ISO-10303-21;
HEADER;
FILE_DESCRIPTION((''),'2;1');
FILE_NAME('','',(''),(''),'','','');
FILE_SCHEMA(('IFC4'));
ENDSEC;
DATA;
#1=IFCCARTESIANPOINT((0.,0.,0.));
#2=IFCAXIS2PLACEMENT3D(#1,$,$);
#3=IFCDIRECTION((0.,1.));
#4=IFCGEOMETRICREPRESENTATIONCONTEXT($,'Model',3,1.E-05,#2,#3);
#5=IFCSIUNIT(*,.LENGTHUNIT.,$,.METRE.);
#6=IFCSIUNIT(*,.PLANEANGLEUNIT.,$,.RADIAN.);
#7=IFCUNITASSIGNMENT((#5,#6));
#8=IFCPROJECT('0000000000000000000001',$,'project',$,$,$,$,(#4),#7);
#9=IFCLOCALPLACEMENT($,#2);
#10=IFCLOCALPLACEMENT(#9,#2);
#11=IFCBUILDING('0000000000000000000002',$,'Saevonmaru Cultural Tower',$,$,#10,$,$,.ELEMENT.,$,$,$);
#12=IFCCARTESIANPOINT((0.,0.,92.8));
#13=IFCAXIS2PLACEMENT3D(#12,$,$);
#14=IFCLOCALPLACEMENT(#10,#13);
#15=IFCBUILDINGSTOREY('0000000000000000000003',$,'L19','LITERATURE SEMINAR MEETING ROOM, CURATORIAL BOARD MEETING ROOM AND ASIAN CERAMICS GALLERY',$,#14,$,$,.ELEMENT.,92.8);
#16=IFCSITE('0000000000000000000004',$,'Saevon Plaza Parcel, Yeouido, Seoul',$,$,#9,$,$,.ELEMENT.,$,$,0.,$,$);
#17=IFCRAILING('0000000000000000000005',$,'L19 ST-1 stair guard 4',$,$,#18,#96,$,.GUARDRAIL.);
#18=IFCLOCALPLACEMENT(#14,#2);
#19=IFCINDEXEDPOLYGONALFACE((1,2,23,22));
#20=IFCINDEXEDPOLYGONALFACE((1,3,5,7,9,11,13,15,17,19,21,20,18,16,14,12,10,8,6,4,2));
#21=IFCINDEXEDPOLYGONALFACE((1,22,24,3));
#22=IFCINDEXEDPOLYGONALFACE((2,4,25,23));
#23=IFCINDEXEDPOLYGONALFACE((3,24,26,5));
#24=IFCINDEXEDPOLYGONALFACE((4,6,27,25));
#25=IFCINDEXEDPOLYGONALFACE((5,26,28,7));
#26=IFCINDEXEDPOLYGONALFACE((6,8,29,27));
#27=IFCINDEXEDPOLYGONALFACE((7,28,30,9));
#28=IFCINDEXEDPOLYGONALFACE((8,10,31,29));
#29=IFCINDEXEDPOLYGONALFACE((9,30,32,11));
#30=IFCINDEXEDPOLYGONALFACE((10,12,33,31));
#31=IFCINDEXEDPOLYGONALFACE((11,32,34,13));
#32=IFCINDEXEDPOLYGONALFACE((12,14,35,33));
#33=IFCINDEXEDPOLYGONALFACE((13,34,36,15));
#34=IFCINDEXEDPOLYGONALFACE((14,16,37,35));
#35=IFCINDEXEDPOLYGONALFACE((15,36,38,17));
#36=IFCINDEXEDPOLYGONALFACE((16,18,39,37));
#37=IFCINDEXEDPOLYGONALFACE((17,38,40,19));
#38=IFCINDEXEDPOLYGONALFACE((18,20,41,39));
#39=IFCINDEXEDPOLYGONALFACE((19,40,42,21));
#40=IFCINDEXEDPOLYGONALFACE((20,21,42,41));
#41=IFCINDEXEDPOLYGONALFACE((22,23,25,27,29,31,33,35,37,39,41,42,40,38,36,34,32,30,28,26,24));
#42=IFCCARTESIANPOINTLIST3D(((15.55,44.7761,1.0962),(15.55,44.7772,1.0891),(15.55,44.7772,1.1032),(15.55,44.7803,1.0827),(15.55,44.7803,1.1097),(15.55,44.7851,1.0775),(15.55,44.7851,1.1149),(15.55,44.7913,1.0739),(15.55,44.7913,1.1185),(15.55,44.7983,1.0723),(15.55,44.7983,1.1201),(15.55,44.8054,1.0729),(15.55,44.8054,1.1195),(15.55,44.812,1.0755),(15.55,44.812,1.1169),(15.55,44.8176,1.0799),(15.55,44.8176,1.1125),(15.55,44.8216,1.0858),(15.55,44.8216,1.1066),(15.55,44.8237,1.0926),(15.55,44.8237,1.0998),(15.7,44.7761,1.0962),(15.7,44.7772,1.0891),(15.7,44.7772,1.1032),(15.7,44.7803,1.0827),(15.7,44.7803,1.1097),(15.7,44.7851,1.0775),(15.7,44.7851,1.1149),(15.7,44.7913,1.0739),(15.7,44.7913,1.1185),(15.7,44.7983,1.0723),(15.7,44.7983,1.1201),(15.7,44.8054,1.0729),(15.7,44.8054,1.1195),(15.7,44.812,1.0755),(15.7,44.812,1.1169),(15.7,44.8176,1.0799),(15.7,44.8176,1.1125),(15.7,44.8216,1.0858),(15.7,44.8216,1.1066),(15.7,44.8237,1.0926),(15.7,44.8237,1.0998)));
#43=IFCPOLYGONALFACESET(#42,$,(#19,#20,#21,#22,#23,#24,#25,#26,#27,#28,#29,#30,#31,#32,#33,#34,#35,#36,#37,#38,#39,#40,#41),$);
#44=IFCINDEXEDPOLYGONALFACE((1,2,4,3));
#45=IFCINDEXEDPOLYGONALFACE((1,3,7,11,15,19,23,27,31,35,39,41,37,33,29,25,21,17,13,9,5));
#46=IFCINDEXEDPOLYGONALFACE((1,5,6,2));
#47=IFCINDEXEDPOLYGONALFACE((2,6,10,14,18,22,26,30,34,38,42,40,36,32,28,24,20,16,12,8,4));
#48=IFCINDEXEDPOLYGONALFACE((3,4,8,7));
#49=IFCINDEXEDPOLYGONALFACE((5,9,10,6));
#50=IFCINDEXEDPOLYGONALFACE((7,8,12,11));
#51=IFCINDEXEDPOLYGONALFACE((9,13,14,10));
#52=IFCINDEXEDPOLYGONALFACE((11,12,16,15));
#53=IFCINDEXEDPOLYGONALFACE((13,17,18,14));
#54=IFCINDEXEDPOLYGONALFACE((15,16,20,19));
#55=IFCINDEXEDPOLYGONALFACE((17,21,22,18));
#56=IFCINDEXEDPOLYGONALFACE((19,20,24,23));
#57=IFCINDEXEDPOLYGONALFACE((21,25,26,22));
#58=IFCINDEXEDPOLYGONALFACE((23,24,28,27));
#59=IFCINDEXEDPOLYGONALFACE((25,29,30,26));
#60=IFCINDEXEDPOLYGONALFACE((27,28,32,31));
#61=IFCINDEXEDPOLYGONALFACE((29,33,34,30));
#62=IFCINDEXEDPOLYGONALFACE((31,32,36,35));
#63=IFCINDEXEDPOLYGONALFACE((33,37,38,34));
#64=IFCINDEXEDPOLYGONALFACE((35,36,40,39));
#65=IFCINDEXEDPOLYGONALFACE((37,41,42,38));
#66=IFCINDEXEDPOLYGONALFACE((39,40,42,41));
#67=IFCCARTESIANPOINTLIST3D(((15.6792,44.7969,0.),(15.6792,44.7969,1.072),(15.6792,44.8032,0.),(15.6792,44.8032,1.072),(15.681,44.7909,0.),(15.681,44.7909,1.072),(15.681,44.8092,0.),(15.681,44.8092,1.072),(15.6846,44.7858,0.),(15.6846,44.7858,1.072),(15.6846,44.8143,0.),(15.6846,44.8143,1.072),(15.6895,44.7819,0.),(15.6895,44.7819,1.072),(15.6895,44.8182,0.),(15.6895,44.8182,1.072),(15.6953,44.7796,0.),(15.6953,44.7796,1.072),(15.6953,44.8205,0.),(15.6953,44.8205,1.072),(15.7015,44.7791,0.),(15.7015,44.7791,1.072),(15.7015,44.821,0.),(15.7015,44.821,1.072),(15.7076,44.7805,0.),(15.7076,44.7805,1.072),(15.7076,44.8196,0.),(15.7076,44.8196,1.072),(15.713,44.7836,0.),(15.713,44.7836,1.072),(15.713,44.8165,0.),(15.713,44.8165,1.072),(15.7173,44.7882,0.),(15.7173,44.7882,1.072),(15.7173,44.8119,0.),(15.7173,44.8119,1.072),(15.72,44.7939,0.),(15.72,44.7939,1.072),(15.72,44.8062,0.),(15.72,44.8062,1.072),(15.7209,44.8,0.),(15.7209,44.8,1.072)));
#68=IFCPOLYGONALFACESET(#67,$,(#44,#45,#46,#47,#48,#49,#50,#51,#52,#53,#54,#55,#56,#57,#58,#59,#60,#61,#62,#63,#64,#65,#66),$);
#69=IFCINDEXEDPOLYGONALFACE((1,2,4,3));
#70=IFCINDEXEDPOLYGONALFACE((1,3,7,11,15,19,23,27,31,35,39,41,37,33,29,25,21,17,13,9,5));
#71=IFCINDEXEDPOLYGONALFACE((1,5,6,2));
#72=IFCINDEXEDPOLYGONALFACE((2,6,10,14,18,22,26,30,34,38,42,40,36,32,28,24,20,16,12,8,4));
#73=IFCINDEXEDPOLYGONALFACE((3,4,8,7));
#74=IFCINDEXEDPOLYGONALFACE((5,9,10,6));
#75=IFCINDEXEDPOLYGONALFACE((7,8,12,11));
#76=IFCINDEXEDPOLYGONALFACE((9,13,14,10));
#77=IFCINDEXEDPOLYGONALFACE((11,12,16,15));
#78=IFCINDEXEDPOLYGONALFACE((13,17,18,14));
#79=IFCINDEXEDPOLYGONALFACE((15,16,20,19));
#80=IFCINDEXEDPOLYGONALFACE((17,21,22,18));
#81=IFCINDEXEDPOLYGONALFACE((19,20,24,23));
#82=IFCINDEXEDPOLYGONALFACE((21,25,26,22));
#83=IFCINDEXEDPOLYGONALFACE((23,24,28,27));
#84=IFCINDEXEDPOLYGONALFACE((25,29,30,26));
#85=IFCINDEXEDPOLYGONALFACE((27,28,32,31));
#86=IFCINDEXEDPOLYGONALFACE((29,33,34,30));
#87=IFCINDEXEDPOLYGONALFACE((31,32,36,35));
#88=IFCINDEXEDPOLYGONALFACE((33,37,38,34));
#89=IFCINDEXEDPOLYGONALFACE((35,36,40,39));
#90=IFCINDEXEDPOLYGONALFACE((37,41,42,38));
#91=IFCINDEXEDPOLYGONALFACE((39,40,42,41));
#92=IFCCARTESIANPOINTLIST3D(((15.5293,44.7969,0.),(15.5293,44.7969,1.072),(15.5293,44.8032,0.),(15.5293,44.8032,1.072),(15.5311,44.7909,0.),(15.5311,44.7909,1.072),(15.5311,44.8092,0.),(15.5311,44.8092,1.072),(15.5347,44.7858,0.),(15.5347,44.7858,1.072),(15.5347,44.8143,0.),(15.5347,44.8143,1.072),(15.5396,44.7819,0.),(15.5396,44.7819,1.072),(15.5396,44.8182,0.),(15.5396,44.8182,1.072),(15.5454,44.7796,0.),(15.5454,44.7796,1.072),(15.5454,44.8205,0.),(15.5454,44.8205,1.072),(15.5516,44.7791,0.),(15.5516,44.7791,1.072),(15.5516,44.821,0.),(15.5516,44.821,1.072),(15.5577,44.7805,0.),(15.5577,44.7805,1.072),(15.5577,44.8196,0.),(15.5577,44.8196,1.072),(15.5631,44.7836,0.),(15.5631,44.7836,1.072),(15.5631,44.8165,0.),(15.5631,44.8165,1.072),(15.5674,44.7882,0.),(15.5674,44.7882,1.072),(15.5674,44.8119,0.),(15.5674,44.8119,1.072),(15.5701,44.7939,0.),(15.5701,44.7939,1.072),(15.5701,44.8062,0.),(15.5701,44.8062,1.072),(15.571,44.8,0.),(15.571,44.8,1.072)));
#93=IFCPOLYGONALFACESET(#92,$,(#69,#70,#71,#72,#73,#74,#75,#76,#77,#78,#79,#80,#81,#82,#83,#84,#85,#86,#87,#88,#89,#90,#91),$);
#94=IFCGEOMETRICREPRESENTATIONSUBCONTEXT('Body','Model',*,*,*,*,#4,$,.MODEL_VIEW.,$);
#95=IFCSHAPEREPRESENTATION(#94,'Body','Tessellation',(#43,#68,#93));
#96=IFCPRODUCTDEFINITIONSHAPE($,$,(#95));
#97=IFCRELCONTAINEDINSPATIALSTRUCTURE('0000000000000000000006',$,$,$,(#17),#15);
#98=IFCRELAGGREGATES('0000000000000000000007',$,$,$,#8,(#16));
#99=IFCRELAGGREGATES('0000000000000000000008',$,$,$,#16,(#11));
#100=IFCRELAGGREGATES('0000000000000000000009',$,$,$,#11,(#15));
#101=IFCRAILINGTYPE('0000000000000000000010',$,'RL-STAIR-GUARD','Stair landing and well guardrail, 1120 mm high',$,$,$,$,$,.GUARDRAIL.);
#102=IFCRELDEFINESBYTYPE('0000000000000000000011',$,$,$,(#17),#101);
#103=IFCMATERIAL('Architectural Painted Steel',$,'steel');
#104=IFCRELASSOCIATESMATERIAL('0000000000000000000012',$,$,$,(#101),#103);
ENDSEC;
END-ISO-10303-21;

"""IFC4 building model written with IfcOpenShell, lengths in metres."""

from ifc_helpers import new_model, si_unit, direction, frame, origin, origin_2d, place, context, subcontext, project, spatial, circle, extrude, material, type_object, element, save


model = new_model("IFC4")

# Units and contexts
model_context = context("Model", 3, precision=1e-05, world=origin(), true_north=direction((0.0, 1.0)))
body_context = subcontext(model_context, "Body", "Model", "MODEL_VIEW")
ifc_project = project(units=[si_unit("LENGTHUNIT", "METRE"), si_unit("PLANEANGLEUNIT", "RADIAN")], contexts=[model_context])

# Site, building, storey
site_placement = place(None, origin())
site = spatial("IfcSite", under=ifc_project, at=site_placement, Name="Saevon Plaza Parcel, Yeouido, Seoul", CompositionType="ELEMENT", RefElevation=0.0)
building_placement = place(site_placement, origin())
building = spatial("IfcBuilding", under=site, at=building_placement, Name="Saevonmaru Cultural Tower", CompositionType="ELEMENT")
storey_placement = place(building_placement, frame((0.0, 0.0, 92.8)))
storey = spatial("IfcBuildingStorey", under=building, at=storey_placement, Name="L19", Description="LITERATURE SEMINAR MEETING ROOM, CURATORIAL BOARD MEETING ROOM AND ASIAN CERAMICS GALLERY", CompositionType="ELEMENT", Elevation=92.8)

# Railing
ifc_material_1 = material(Name="Architectural Painted Steel", Category="steel")
railing_type_1 = type_object("IfcRailingType", Name="RL-STAIR-GUARD", Description="Stair landing and well guardrail, 1120 mm high", PredefinedType="GUARDRAIL", material=ifc_material_1)
railing_1_placement = place(storey_placement, frame((15.7, 44.8, 0.0)))
element("IfcRailing", 1, at=railing_1_placement, inside=storey, type_object=railing_type_1, Name="L19 ST-1 stair guard 4", PredefinedType="GUARDRAIL", context=body_context, shape_type="SweptSolid", body=[
    extrude(circle(Radius=0.0239, at=origin_2d()), frame((0.0, 0.0, 1.0962), z_axis=(-1.0, 0.0, 0.0), x_axis=(0.0, -1.0, 0.0)), (0.0, 0.0, 1.0), 0.1499),
    extrude(circle(Radius=0.021, at=origin_2d()), origin(), (0.0, 0.0, 1.0), 1.072),
    extrude(circle(Radius=0.021, at=origin_2d()), frame((-0.1499, 0.0, 0.0)), (0.0, 0.0, 1.0), 1.072),
])

save(model, "model.ifc")
